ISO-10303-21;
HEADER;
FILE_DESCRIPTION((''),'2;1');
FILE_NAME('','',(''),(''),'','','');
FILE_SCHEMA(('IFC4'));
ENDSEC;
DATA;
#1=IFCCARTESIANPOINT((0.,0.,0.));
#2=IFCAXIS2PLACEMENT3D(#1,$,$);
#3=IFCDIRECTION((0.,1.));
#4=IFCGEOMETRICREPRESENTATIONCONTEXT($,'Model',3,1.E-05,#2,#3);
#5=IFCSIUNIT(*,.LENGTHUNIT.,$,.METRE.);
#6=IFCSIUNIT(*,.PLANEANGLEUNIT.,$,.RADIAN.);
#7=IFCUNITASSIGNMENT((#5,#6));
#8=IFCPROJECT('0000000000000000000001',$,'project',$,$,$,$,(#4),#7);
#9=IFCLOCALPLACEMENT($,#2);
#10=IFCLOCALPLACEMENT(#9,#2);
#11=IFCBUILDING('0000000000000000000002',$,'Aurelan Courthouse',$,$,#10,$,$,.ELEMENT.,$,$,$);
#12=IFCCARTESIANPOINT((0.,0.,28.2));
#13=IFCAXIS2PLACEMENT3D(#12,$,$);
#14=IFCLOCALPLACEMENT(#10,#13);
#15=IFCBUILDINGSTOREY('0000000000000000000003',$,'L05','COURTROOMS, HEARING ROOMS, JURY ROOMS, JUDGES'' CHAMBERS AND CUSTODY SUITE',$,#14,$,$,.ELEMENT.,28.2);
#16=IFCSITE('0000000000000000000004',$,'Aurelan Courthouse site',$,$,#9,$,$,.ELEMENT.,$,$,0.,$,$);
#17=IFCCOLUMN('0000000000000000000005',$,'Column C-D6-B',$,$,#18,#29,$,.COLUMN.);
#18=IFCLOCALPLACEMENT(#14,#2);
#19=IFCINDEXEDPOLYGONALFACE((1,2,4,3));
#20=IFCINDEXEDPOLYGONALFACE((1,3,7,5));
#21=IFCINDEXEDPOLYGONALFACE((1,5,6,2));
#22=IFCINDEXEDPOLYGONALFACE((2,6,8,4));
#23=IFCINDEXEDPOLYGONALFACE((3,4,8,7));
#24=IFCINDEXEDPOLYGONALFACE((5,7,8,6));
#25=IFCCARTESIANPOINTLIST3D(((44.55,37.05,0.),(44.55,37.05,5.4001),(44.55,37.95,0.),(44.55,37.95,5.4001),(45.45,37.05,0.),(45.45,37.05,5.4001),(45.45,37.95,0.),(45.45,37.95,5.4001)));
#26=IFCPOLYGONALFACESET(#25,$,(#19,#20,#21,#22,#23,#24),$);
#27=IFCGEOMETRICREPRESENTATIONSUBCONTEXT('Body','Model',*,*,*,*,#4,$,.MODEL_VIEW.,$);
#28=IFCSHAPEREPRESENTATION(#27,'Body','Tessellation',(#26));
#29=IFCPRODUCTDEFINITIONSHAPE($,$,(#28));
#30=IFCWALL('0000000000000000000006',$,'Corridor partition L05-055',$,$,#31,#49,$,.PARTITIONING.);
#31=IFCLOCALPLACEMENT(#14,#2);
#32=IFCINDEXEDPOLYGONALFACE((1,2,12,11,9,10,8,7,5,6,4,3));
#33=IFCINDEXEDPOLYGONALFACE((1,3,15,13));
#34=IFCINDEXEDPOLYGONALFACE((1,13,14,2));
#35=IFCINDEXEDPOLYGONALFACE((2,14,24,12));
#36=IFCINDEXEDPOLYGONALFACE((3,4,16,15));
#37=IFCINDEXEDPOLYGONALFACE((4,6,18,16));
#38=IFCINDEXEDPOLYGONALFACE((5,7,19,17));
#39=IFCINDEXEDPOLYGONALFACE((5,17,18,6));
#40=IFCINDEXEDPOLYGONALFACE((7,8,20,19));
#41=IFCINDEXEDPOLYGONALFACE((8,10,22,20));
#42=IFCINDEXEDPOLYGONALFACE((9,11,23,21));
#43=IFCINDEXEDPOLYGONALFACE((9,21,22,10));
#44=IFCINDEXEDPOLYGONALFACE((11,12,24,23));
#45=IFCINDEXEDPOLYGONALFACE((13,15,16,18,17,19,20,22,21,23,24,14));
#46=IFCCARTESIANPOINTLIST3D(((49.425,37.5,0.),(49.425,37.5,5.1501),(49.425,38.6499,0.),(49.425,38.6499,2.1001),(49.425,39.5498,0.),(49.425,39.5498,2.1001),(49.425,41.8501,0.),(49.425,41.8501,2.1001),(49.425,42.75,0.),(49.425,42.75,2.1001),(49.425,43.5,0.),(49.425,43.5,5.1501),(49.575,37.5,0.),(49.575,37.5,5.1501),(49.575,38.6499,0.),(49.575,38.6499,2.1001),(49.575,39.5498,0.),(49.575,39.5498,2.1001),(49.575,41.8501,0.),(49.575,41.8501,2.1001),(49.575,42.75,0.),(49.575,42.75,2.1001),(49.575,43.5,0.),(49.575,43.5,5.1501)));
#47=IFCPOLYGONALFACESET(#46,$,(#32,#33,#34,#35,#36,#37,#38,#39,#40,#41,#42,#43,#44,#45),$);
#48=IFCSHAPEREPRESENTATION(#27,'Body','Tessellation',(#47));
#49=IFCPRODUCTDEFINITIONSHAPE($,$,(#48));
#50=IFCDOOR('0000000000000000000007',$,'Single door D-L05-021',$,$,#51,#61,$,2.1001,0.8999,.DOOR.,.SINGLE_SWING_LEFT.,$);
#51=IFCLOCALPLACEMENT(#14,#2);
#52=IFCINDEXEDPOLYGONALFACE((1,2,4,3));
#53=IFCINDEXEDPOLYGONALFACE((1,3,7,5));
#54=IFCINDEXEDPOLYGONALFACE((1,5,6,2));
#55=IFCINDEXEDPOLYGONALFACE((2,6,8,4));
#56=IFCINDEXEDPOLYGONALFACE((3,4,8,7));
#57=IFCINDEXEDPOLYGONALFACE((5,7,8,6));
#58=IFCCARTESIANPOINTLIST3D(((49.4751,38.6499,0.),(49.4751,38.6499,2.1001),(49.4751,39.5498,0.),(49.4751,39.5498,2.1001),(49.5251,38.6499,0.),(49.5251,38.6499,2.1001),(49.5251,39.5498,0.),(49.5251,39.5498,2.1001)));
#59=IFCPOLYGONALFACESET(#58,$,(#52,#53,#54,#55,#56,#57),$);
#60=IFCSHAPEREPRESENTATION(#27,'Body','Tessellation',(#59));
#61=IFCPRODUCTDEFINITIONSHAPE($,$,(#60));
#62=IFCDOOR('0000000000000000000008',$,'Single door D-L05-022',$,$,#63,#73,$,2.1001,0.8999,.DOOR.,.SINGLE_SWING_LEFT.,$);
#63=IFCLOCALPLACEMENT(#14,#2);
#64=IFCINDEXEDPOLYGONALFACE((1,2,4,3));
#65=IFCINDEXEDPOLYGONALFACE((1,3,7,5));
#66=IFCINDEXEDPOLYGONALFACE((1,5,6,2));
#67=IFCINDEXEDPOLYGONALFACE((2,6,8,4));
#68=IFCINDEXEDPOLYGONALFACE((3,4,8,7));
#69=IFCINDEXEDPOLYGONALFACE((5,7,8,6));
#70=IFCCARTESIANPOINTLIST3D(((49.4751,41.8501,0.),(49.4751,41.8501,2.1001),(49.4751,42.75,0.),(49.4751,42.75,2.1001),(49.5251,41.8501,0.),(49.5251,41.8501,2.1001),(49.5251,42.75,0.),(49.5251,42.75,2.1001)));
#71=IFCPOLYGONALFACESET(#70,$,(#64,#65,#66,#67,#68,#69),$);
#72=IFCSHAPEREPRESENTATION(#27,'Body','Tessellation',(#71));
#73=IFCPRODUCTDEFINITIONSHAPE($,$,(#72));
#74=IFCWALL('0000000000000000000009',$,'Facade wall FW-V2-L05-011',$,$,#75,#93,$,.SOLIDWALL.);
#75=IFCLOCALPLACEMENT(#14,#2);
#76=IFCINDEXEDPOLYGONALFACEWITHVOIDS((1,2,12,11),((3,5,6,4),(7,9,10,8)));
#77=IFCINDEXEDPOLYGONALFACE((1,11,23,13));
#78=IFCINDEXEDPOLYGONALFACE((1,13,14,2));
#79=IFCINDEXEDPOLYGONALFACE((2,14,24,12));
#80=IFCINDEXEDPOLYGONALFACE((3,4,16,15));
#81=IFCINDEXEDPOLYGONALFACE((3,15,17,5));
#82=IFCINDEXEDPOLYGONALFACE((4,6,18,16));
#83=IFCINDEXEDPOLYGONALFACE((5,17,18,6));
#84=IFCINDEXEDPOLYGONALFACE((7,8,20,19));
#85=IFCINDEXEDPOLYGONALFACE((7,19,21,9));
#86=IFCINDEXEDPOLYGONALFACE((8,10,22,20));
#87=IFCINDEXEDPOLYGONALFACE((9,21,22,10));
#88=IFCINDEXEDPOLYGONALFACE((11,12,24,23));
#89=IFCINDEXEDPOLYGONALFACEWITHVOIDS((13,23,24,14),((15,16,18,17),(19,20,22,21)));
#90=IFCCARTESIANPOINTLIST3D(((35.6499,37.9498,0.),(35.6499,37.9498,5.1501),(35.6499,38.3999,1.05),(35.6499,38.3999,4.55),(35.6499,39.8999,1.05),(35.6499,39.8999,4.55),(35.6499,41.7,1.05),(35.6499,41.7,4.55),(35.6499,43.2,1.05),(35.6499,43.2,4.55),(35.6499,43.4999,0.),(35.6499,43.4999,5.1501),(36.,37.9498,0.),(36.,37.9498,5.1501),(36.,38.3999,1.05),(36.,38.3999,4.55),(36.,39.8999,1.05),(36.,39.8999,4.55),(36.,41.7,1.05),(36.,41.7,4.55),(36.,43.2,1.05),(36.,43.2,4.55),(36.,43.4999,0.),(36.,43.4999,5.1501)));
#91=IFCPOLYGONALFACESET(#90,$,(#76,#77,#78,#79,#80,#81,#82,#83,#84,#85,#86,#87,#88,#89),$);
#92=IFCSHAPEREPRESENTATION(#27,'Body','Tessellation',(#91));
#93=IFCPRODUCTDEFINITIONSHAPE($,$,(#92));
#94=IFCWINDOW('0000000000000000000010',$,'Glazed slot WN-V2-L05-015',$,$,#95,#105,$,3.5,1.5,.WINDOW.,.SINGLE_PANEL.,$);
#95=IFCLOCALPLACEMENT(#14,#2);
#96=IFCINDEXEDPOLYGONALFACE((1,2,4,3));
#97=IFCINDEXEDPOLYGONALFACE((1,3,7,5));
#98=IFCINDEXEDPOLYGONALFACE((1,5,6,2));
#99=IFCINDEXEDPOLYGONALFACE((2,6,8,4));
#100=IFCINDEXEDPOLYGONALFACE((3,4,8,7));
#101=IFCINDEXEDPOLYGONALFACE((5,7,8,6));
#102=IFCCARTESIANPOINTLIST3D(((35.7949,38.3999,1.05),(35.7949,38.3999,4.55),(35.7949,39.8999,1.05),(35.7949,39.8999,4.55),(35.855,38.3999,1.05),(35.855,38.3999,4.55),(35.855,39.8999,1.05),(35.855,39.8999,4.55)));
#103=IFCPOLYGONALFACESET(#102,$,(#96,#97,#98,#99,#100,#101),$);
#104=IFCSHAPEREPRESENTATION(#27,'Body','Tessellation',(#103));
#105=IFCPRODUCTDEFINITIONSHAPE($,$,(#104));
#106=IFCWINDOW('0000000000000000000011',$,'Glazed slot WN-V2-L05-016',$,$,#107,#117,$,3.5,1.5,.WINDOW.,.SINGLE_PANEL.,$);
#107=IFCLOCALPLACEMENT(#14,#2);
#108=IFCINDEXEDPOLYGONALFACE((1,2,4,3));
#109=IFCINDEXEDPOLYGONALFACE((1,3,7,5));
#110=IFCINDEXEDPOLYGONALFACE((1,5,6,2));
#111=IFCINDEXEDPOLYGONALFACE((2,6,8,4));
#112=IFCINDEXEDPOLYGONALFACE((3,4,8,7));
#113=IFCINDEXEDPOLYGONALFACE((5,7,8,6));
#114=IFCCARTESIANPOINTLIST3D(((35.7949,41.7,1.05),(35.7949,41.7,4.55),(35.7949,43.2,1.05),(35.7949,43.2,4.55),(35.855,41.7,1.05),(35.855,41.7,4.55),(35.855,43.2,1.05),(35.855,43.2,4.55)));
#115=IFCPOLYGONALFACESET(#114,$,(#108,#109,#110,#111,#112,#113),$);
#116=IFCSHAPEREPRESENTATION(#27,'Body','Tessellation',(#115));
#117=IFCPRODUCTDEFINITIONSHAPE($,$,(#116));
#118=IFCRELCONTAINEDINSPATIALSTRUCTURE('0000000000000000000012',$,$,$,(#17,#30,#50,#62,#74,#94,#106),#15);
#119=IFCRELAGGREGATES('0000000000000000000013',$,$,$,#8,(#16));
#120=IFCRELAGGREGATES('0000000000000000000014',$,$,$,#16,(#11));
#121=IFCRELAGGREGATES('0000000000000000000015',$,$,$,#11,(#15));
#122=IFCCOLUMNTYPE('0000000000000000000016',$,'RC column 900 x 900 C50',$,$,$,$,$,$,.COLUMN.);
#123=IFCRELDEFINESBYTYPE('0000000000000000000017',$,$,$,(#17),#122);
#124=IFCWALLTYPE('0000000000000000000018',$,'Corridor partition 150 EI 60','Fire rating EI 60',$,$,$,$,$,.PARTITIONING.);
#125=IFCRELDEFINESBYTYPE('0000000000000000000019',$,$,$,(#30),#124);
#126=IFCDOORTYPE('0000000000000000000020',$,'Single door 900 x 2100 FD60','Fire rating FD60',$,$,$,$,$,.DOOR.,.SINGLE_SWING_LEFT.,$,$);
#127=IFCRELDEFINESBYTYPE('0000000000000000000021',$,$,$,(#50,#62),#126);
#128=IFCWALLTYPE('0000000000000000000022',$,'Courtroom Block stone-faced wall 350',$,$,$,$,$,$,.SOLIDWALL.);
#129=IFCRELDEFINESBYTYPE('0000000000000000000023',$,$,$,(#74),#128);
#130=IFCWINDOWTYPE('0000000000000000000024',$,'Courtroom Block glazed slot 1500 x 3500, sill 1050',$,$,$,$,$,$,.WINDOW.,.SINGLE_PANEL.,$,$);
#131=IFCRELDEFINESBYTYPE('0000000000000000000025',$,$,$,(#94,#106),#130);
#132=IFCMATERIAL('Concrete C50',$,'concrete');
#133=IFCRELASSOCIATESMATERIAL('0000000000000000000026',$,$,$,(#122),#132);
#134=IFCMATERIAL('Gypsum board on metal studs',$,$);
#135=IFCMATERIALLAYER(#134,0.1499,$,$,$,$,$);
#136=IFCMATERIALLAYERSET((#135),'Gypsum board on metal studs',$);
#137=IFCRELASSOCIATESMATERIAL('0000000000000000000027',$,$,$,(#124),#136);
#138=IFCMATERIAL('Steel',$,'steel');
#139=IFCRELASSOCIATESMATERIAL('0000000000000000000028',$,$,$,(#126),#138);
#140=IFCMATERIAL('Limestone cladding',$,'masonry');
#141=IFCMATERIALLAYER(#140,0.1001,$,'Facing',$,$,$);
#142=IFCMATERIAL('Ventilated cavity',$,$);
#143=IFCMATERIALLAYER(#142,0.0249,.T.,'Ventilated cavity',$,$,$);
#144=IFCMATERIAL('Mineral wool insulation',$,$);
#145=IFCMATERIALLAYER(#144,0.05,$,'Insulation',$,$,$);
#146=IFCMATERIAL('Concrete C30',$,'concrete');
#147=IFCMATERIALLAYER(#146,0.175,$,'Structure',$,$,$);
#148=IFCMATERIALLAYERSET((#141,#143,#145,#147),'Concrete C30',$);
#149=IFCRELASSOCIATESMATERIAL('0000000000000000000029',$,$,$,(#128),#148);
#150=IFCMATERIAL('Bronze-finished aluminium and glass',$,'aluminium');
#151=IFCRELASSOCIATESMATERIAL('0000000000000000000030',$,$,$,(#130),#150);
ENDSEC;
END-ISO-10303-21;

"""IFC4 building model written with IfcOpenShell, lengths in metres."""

from ifc_helpers import new_model, si_unit, direction, frame, frame_2d, origin, origin_2d, place, context, subcontext, project, spatial, rectangle, extrude, material, layer, layer_set, material_profile, profile_set, type_object, element, fill, save


model = new_model("IFC4")

# Units and contexts
model_context = context("Model", 3, precision=1e-05, world=origin(), true_north=direction((0.0, 1.0)))
body_context = subcontext(model_context, "Body", "Model", "MODEL_VIEW")
ifc_project = project(units=[si_unit("LENGTHUNIT", "METRE"), si_unit("PLANEANGLEUNIT", "RADIAN")], contexts=[model_context])

# Site, building, storey
site_placement = place(None, origin())
site = spatial("IfcSite", under=ifc_project, at=site_placement, Name="Aurelan Courthouse site", CompositionType="ELEMENT", RefElevation=0.0)
building_placement = place(site_placement, origin())
building = spatial("IfcBuilding", under=site, at=building_placement, Name="Aurelan Courthouse", CompositionType="ELEMENT")
storey_placement = place(building_placement, frame((0.0, 0.0, 28.2)))
storey = spatial("IfcBuildingStorey", under=building, at=storey_placement, Name="L05", Description="COURTROOMS, HEARING ROOMS, JURY ROOMS, JUDGES' CHAMBERS AND CUSTODY SUITE", CompositionType="ELEMENT", Elevation=28.2)

# Column
ifc_material_1 = material(Name="Concrete C50", Category="concrete")
ifc_material_profile = material_profile(ifc_material_1, rectangle(XDim=0.8999, YDim=0.8999, at=origin_2d()), Name="RC 900 x 900")
ifc_profile_set = profile_set([ifc_material_profile], Name="Concrete C50")
column_type = type_object("IfcColumnType", Name="RC column 900 x 900 C50", PredefinedType="COLUMN", material=ifc_profile_set)
column_placement = place(storey_placement, frame((45.0, 37.5, 0.0), z_axis=(0.0, 0.0, 1.0), x_axis=(1.0, 0.0, 0.0)))
element("IfcColumn", 1, at=column_placement, inside=storey, type_object=column_type, Name="Column C-D6-B", PredefinedType="COLUMN", context=body_context, shape_type="SweptSolid", body=[
    extrude(rectangle(XDim=0.8999, YDim=0.8999, at=origin_2d()), origin(), (0.0, 0.0, 1.0), 5.4001),
])

# Wall, openings, doors
ifc_material_2 = material(Name="Gypsum board on metal studs")
ifc_layer_1 = layer(ifc_material_2, 0.1499)
ifc_layer_set_1 = layer_set([ifc_layer_1], Name="Gypsum board on metal studs")
wall_type_1 = type_object("IfcWallType", Name="Corridor partition 150 EI 60", Description="Fire rating EI 60", PredefinedType="PARTITIONING", material=ifc_layer_set_1)
wall_1_placement = place(storey_placement, frame((49.5, 37.5, 0.0), z_axis=(0.0, 0.0, 1.0), x_axis=(0.0, 1.0, 0.0)))
wall_1 = element("IfcWall", 2, at=wall_1_placement, inside=storey, type_object=wall_type_1, Name="Corridor partition L05-055", PredefinedType="PARTITIONING", context=body_context, shape_type="SweptSolid", body=[
    extrude(rectangle(XDim=6.0, YDim=0.1499, at=frame_2d((3.0, 0.0))), origin(), (0.0, 0.0, 1.0), 5.1501),
])
opening_1_placement = place(wall_1_placement, frame((1.1499, 0.0, 0.0)))
opening_1 = element("IfcOpeningElement", 3, at=opening_1_placement, cuts=wall_1, PredefinedType="OPENING", context=body_context, shape_type="SweptSolid", body=[
    extrude(rectangle(XDim=0.8999, YDim=2.1001, at=frame_2d((0.45, 1.05))), frame((0.0, 0.085, 0.0), z_axis=(0.0, -1.0, 0.0), x_axis=(1.0, 0.0, 0.0)), (0.0, 0.0, 1.0), 0.1699),
])
opening_2_placement = place(wall_1_placement, frame((4.3501, 0.0, 0.0)))
opening_2 = element("IfcOpeningElement", 4, at=opening_2_placement, cuts=wall_1, PredefinedType="OPENING", context=body_context, shape_type="SweptSolid", body=[
    extrude(rectangle(XDim=0.8999, YDim=2.1001, at=frame_2d((0.45, 1.05))), frame((0.0, 0.085, 0.0), z_axis=(0.0, -1.0, 0.0), x_axis=(1.0, 0.0, 0.0)), (0.0, 0.0, 1.0), 0.1699),
])
ifc_material_3 = material(Name="Steel", Category="steel")
door_type_1 = type_object("IfcDoorType", Name="Single door 900 x 2100 FD60", Description="Fire rating FD60", OperationType="SINGLE_SWING_LEFT", PredefinedType="DOOR", material=ifc_material_3)
door_1_placement = place(opening_1_placement, origin())
door_1 = element("IfcDoor", 5, at=door_1_placement, inside=storey, type_object=door_type_1, Name="Single door D-L05-021", OperationType="SINGLE_SWING_LEFT", OverallHeight=2.1001, OverallWidth=0.8999, PredefinedType="DOOR", context=body_context, shape_type="SweptSolid", body=[
    extrude(rectangle(XDim=0.8999, YDim=2.1001, at=frame_2d((0.45, 1.05))), frame((0.0, 0.0249, 0.0), z_axis=(0.0, -1.0, 0.0), x_axis=(1.0, 0.0, 0.0)), (0.0, 0.0, 1.0), 0.05),
])
fill(opening_1, door_1)
door_2_placement = place(opening_2_placement, origin())
door_2 = element("IfcDoor", 6, at=door_2_placement, inside=storey, type_object=door_type_1, Name="Single door D-L05-022", OperationType="SINGLE_SWING_LEFT", OverallHeight=2.1001, OverallWidth=0.8999, PredefinedType="DOOR", context=body_context, shape_type="SweptSolid", body=[
    extrude(rectangle(XDim=0.8999, YDim=2.1001, at=frame_2d((0.45, 1.05))), frame((0.0, 0.0249, 0.0), z_axis=(0.0, -1.0, 0.0), x_axis=(1.0, 0.0, 0.0)), (0.0, 0.0, 1.0), 0.05),
])
fill(opening_2, door_2)

# Wall, openings, windows
ifc_material_4 = material(Name="Limestone cladding", Category="masonry")
ifc_layer_2 = layer(ifc_material_4, 0.1001, Name="Facing")
ifc_material_5 = material(Name="Ventilated cavity")
ifc_layer_3 = layer(ifc_material_5, 0.0249, ventilated=True, Name="Ventilated cavity")
ifc_material_6 = material(Name="Mineral wool insulation")
ifc_layer_4 = layer(ifc_material_6, 0.05, Name="Insulation")
ifc_material_7 = material(Name="Concrete C30", Category="concrete")
ifc_layer_5 = layer(ifc_material_7, 0.175, Name="Structure")
ifc_layer_set_2 = layer_set([ifc_layer_2, ifc_layer_3, ifc_layer_4, ifc_layer_5], Name="Concrete C30")
wall_type_2 = type_object("IfcWallType", Name="Courtroom Block stone-faced wall 350", PredefinedType="SOLIDWALL", material=ifc_layer_set_2)
wall_2_placement = place(storey_placement, frame((35.825, 37.95, 0.0), z_axis=(0.0, 0.0, 1.0), x_axis=(0.0, 1.0, 0.0)))
wall_2 = element("IfcWall", 7, at=wall_2_placement, inside=storey, type_object=wall_type_2, Name="Facade wall FW-V2-L05-011", PredefinedType="SOLIDWALL", context=body_context, shape_type="SweptSolid", body=[
    extrude(rectangle(XDim=5.55, YDim=0.3501, at=frame_2d((2.7749, 0.0))), origin(), (0.0, 0.0, 1.0), 5.1501),
])
opening_3_placement = place(wall_2_placement, frame((0.45, 0.0, 1.05)))
opening_3 = element("IfcOpeningElement", 8, at=opening_3_placement, cuts=wall_2, PredefinedType="OPENING", context=body_context, shape_type="SweptSolid", body=[
    extrude(rectangle(XDim=1.5, YDim=3.5, at=frame_2d((0.75, 1.75))), frame((0.0, 0.1851, 0.0), z_axis=(0.0, -1.0, 0.0), x_axis=(1.0, 0.0, 0.0)), (0.0, 0.0, 1.0), 0.3701),
])
opening_4_placement = place(wall_2_placement, frame((3.75, 0.0, 1.05)))
opening_4 = element("IfcOpeningElement", 9, at=opening_4_placement, cuts=wall_2, PredefinedType="OPENING", context=body_context, shape_type="SweptSolid", body=[
    extrude(rectangle(XDim=1.5, YDim=3.5, at=frame_2d((0.75, 1.75))), frame((0.0, 0.1851, 0.0), z_axis=(0.0, -1.0, 0.0), x_axis=(1.0, 0.0, 0.0)), (0.0, 0.0, 1.0), 0.3701),
])
ifc_material_8 = material(Name="Bronze-finished aluminium and glass", Category="aluminium")
window_type = type_object("IfcWindowType", Name="Courtroom Block glazed slot 1500 x 3500, sill 1050", PartitioningType="SINGLE_PANEL", PredefinedType="WINDOW", material=ifc_material_8)
window_1_placement = place(opening_3_placement, origin())
window_1 = element("IfcWindow", 10, at=window_1_placement, inside=storey, type_object=window_type, Name="Glazed slot WN-V2-L05-015", OverallHeight=3.5, OverallWidth=1.5, PartitioningType="SINGLE_PANEL", PredefinedType="WINDOW", context=body_context, shape_type="SweptSolid", body=[
    extrude(rectangle(XDim=1.5, YDim=3.5, at=frame_2d((0.75, 1.75))), frame((0.0, 0.03, 0.0), z_axis=(0.0, -1.0, 0.0), x_axis=(1.0, 0.0, 0.0)), (0.0, 0.0, 1.0), 0.0601),
])
fill(opening_3, window_1)
window_2_placement = place(opening_4_placement, origin())
window_2 = element("IfcWindow", 11, at=window_2_placement, inside=storey, type_object=window_type, Name="Glazed slot WN-V2-L05-016", OverallHeight=3.5, OverallWidth=1.5, PartitioningType="SINGLE_PANEL", PredefinedType="WINDOW", context=body_context, shape_type="SweptSolid", body=[
    extrude(rectangle(XDim=1.5, YDim=3.5, at=frame_2d((0.75, 1.75))), frame((0.0, 0.03, 0.0), z_axis=(0.0, -1.0, 0.0), x_axis=(1.0, 0.0, 0.0)), (0.0, 0.0, 1.0), 0.0601),
])
fill(opening_4, window_2)

save(model, "model.ifc")
